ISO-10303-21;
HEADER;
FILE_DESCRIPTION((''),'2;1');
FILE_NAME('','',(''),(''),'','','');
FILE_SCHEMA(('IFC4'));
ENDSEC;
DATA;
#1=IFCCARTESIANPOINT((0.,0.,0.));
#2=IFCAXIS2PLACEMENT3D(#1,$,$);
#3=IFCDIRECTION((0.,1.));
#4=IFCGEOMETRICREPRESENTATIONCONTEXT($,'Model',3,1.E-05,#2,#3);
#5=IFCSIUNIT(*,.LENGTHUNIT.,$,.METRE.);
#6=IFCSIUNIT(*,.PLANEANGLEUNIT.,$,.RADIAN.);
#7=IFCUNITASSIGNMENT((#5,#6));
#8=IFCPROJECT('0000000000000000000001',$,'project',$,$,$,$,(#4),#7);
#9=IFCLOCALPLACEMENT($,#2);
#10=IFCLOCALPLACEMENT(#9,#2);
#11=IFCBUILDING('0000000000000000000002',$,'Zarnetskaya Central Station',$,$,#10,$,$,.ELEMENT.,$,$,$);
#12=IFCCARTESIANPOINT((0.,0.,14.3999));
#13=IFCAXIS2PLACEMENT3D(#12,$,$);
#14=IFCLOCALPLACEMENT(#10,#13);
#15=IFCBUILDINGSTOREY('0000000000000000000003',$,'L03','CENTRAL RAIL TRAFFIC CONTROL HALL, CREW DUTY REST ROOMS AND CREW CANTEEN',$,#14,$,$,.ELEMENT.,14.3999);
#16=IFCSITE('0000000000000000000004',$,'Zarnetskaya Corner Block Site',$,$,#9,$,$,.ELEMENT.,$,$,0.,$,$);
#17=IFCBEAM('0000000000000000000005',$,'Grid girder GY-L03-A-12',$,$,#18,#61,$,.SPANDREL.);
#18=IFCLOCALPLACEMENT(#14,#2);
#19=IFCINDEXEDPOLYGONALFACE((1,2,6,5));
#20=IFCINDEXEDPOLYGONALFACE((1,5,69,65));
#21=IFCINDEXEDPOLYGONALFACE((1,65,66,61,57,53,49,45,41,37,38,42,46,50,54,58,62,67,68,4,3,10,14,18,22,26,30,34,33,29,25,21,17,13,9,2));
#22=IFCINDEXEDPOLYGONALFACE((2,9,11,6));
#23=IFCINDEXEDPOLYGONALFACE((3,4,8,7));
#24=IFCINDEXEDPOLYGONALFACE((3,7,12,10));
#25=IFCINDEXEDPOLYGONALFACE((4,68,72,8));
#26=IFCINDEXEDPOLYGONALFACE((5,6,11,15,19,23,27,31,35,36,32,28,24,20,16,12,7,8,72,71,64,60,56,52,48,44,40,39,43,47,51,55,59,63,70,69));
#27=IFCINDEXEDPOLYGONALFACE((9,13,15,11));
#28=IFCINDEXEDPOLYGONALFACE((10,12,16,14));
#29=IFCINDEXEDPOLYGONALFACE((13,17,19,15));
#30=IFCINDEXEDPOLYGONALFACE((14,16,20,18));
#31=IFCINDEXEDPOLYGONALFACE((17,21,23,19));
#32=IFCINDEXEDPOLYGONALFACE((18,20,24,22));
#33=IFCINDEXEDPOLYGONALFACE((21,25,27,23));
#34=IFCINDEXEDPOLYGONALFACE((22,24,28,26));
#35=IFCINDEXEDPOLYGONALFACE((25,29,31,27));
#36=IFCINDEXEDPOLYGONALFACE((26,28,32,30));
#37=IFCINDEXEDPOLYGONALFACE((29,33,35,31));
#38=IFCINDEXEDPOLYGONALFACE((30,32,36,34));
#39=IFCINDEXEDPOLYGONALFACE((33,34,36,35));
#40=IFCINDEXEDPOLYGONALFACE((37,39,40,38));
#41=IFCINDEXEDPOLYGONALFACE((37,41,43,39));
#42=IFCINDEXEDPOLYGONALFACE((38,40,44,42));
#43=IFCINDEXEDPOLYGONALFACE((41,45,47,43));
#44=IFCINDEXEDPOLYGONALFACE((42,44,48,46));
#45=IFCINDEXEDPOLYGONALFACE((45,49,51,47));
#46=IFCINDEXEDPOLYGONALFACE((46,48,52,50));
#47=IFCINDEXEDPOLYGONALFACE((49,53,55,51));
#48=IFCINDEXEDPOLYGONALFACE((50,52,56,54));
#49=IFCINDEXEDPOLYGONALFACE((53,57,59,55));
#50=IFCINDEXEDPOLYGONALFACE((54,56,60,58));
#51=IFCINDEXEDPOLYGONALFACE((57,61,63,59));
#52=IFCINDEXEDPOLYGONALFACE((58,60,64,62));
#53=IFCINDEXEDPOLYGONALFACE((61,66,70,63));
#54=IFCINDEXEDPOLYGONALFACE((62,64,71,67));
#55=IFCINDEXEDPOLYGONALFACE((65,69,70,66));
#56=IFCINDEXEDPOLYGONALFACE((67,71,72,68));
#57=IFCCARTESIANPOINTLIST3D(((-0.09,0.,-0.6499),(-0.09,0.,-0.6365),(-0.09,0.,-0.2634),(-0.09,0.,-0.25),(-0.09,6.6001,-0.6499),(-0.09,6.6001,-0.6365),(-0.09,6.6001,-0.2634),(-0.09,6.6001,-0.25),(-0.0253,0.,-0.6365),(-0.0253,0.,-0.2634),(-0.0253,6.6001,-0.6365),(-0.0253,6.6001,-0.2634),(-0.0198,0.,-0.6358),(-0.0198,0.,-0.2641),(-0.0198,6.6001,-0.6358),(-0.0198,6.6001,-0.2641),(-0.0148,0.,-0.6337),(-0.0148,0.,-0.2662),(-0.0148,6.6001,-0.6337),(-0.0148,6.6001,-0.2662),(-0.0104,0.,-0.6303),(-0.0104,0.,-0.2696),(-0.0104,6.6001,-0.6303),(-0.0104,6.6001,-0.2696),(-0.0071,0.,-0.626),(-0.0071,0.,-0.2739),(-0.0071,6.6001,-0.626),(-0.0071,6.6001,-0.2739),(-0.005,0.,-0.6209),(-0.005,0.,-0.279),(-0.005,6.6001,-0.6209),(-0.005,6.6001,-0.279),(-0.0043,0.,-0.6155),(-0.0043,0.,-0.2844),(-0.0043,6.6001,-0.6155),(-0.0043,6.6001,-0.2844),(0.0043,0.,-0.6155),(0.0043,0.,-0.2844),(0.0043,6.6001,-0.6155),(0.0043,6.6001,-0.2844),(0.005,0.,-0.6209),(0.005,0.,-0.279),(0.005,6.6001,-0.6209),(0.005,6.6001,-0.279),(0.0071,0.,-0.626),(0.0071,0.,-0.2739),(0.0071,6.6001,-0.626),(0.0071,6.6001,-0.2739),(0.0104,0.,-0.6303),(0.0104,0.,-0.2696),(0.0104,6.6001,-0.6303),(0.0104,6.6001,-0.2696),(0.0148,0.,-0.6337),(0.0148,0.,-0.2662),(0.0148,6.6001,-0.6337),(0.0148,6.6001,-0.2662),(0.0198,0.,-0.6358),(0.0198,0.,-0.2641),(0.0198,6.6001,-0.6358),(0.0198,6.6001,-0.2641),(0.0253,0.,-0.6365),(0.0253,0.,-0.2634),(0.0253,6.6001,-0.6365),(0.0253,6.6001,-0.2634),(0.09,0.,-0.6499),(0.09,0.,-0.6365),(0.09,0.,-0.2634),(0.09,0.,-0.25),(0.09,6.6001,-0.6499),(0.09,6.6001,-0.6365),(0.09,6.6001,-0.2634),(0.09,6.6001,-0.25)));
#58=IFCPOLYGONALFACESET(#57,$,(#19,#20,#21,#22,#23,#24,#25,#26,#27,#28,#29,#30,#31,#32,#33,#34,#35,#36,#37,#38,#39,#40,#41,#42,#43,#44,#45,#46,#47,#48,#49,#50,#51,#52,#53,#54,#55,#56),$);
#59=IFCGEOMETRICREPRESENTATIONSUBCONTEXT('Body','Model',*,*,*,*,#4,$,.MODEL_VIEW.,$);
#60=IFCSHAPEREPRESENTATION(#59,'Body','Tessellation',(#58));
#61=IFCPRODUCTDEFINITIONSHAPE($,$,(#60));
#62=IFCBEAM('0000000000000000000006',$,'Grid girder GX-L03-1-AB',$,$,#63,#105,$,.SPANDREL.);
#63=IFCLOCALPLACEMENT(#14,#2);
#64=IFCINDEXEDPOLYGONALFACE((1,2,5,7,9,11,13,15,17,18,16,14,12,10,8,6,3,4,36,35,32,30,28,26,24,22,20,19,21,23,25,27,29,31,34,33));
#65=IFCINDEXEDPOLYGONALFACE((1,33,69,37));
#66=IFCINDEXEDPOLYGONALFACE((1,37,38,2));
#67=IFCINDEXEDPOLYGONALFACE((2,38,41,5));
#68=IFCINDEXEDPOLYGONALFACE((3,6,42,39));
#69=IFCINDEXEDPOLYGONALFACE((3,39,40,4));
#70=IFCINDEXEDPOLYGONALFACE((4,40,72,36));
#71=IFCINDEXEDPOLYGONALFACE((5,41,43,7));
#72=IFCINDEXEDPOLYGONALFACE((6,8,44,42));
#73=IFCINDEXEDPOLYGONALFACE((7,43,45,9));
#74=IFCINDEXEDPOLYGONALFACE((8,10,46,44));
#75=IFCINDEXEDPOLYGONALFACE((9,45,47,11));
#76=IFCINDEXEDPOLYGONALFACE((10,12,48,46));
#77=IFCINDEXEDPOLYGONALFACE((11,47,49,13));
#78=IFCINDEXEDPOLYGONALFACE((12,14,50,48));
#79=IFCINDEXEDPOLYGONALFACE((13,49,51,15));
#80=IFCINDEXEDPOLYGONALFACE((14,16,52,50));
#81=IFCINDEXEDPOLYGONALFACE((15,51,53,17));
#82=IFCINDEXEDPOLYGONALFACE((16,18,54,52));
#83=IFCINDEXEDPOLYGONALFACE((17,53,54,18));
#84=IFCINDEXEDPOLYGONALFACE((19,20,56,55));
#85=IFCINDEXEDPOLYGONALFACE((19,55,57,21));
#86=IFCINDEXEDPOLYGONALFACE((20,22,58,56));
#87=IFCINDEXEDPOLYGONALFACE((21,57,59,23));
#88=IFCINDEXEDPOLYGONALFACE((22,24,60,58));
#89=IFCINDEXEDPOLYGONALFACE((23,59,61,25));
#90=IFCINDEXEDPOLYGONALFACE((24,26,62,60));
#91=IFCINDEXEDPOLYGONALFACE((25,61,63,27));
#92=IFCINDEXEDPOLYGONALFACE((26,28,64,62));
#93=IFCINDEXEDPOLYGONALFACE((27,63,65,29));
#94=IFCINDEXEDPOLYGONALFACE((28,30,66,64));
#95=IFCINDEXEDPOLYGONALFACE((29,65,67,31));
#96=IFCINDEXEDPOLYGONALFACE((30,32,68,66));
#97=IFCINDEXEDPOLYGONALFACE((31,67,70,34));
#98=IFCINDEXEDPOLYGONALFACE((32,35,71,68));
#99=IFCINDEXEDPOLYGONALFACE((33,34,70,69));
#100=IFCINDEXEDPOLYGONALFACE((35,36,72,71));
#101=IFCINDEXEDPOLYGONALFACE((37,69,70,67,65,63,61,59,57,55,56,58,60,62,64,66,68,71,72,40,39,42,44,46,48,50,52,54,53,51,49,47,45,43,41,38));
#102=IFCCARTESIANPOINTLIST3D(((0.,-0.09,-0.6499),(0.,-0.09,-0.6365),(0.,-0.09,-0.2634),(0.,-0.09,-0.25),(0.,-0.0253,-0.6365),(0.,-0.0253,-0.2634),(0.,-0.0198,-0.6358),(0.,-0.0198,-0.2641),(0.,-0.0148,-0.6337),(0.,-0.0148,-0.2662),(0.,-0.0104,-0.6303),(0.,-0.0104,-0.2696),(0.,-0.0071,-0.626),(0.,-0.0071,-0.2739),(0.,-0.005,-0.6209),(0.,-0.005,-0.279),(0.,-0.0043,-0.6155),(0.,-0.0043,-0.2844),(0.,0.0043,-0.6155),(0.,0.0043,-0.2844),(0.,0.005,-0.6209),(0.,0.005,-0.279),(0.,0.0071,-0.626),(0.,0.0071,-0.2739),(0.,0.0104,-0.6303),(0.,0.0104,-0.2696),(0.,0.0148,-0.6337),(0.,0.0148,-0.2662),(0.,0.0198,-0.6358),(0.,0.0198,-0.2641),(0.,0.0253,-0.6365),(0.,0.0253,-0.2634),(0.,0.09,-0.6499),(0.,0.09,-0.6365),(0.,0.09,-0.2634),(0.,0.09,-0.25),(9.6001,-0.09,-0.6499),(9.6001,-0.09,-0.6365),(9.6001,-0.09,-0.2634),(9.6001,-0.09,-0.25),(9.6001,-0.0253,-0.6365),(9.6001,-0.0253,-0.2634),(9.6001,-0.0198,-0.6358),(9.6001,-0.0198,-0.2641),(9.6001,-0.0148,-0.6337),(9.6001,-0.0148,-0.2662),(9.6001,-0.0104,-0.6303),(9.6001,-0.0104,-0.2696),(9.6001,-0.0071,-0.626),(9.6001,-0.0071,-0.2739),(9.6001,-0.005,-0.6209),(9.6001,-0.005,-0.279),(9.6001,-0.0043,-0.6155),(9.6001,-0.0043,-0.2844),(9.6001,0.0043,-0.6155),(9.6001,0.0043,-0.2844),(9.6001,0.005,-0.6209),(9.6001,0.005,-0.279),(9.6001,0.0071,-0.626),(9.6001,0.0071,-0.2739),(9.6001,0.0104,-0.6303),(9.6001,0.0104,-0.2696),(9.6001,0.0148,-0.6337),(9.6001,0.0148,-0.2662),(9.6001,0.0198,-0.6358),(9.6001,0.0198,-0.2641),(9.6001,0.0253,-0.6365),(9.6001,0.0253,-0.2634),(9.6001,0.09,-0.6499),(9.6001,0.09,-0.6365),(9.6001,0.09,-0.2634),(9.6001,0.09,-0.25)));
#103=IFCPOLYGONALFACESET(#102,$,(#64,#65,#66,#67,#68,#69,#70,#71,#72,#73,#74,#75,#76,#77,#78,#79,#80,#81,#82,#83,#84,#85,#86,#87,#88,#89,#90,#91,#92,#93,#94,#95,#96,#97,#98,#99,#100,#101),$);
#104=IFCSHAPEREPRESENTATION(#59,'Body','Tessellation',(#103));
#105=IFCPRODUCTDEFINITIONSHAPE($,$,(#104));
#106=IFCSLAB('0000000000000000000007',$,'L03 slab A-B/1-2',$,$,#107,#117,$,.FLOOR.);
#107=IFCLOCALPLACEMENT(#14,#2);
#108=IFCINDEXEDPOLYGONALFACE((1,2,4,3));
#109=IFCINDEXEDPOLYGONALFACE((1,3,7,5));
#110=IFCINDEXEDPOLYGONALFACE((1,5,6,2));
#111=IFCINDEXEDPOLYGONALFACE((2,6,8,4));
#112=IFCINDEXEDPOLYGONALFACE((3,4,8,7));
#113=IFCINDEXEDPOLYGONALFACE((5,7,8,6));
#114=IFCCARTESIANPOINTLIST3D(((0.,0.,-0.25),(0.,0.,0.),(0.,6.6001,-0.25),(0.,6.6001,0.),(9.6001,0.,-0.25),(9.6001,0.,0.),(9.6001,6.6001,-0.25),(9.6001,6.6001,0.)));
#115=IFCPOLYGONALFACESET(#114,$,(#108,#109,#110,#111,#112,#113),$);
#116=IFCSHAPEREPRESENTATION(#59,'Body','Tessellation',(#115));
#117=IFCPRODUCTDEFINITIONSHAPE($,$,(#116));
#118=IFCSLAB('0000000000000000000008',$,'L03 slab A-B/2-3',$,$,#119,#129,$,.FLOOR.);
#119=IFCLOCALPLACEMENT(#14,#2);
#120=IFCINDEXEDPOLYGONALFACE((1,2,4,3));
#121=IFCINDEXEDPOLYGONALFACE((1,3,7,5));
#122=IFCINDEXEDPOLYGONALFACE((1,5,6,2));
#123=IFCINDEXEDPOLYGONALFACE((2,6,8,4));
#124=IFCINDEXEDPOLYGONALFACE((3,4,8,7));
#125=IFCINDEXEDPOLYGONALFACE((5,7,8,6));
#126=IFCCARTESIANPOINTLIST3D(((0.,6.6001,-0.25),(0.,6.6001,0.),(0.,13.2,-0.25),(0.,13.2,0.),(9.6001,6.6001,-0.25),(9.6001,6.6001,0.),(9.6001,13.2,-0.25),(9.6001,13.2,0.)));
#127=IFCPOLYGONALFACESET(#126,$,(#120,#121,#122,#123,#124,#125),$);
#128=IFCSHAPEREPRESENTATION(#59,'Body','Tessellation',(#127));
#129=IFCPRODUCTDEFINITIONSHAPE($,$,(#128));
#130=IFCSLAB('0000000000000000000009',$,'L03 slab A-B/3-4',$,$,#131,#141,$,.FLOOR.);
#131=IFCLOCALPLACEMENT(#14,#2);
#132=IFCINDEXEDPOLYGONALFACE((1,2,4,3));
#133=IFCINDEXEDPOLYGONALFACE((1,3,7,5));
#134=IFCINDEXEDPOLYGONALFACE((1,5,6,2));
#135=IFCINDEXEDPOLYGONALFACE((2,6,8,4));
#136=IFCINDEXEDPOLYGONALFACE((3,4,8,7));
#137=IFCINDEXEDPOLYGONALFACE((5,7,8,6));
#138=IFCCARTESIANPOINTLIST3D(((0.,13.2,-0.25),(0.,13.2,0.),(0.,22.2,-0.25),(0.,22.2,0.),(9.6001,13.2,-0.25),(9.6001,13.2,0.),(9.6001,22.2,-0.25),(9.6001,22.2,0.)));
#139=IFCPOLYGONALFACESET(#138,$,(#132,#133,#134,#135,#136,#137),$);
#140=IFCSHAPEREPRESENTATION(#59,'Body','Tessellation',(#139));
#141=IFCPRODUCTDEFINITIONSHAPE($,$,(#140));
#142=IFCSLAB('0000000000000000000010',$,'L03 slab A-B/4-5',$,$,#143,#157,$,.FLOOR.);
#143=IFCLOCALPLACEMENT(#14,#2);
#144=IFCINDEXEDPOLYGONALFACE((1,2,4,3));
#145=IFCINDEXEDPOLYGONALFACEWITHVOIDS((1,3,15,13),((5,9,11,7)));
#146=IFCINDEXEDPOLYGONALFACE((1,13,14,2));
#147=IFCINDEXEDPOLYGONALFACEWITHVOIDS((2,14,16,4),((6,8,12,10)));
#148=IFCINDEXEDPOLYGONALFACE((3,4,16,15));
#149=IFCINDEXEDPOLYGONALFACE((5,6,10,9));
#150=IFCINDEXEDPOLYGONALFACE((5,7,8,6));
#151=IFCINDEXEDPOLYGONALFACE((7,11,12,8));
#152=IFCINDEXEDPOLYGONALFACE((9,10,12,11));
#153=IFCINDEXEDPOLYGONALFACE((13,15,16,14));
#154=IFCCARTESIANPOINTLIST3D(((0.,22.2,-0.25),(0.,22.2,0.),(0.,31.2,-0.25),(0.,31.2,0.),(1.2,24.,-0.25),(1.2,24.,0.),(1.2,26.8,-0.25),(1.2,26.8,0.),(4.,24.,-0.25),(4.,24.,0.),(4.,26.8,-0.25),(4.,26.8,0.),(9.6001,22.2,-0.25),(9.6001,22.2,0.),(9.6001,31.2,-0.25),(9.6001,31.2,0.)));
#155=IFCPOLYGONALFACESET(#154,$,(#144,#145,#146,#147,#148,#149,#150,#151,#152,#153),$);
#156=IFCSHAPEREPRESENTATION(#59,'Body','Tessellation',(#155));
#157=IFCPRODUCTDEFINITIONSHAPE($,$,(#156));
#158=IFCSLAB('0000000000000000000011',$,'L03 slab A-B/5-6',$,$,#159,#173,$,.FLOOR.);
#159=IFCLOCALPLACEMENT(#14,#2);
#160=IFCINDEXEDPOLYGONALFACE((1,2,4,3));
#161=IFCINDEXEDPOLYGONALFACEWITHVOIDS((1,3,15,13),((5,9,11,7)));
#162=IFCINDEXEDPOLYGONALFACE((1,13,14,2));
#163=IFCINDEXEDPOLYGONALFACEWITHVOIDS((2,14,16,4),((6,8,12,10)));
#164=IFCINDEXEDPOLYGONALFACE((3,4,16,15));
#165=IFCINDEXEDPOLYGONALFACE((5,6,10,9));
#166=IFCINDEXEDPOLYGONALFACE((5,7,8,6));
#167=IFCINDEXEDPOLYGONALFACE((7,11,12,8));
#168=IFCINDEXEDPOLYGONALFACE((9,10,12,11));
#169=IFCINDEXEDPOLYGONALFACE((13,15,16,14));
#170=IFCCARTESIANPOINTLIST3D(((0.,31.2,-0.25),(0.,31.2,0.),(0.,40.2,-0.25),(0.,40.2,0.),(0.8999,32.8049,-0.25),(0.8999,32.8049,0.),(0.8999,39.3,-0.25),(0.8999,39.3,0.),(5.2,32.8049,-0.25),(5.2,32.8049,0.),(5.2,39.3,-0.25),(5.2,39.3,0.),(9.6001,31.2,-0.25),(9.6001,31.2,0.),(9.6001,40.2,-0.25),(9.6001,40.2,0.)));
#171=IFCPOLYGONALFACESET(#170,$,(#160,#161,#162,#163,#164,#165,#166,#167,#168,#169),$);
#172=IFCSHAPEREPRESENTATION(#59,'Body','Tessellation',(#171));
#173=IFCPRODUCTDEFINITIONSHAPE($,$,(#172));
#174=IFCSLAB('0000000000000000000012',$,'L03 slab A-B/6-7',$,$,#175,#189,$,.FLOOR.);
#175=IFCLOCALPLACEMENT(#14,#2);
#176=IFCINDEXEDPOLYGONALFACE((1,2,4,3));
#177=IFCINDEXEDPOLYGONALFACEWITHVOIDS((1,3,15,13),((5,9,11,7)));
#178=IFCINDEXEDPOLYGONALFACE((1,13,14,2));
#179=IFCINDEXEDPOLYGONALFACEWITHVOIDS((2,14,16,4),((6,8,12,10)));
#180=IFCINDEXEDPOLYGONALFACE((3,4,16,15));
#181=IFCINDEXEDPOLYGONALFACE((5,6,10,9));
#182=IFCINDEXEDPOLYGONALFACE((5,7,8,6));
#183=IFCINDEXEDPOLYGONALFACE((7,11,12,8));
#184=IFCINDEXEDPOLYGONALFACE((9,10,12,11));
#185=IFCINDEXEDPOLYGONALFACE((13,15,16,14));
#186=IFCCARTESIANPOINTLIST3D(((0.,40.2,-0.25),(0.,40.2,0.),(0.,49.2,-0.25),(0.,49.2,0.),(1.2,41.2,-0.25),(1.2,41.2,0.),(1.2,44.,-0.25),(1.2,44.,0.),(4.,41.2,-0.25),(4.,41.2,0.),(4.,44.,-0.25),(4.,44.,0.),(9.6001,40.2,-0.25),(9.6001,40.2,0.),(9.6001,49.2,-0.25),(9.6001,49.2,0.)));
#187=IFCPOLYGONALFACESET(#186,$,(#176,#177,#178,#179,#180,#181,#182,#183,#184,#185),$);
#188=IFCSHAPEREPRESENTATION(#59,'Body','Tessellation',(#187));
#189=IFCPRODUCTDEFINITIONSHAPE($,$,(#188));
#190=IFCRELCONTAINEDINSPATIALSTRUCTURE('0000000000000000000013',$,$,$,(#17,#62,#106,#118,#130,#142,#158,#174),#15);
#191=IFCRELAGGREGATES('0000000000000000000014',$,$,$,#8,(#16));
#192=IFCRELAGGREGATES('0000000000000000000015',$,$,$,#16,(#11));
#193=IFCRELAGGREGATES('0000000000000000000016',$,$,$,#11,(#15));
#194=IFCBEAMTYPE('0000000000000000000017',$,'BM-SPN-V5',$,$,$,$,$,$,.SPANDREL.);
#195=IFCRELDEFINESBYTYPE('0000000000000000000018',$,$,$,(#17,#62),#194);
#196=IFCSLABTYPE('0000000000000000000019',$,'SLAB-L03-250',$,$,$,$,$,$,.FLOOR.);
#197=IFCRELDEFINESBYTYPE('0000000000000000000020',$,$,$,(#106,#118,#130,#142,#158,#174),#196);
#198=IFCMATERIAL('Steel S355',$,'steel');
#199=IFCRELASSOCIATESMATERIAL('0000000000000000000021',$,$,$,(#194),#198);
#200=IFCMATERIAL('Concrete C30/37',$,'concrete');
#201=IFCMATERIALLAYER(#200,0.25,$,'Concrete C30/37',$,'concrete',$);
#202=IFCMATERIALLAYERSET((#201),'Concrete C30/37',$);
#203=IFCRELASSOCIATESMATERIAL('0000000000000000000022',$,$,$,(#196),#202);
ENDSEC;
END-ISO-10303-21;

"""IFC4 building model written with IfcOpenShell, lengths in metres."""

from ifc_helpers import new_model, si_unit, direction, frame, origin, origin_2d, place, context, subcontext, project, spatial, polyline, i_section, outline, extrude, material, layer, layer_set, material_profile, profile_set, type_object, element, save


model = new_model("IFC4")

# Units and contexts
model_context = context("Model", 3, precision=1e-05, world=origin(), true_north=direction((0.0, 1.0)))
body_context = subcontext(model_context, "Body", "Model", "MODEL_VIEW")
ifc_project = project(units=[si_unit("LENGTHUNIT", "METRE"), si_unit("PLANEANGLEUNIT", "RADIAN")], contexts=[model_context])

# Site, building, storey
site_placement = place(None, origin())
site = spatial("IfcSite", under=ifc_project, at=site_placement, Name="Zarnetskaya Corner Block Site", CompositionType="ELEMENT", RefElevation=0.0)
building_placement = place(site_placement, origin())
building = spatial("IfcBuilding", under=site, at=building_placement, Name="Zarnetskaya Central Station", CompositionType="ELEMENT")
storey_placement = place(building_placement, frame((0.0, 0.0, 14.3999)))
storey = spatial("IfcBuildingStorey", under=building, at=storey_placement, Name="L03", Description="CENTRAL RAIL TRAFFIC CONTROL HALL, CREW DUTY REST ROOMS AND CREW CANTEEN", CompositionType="ELEMENT", Elevation=14.3999)

# Beams
ifc_material_1 = material(Name="Steel S355", Category="steel")
ifc_material_profile = material_profile(ifc_material_1, i_section(OverallWidth=0.1799, OverallDepth=0.3999, WebThickness=0.0085, FlangeThickness=0.0134, FilletRadius=0.021, at=origin_2d()), Name="IPE 400")
ifc_profile_set = profile_set([ifc_material_profile], Name="Steel S355")
beam_type = type_object("IfcBeamType", Name="BM-SPN-V5", PredefinedType="SPANDREL", material=ifc_profile_set)
beam_1_placement = place(storey_placement, frame((0.0, 0.0, -0.45), z_axis=(0.0, 1.0, 0.0), x_axis=(-1.0, 0.0, 0.0)))
element("IfcBeam", 1, at=beam_1_placement, inside=storey, type_object=beam_type, Name="Grid girder GY-L03-A-12", PredefinedType="SPANDREL", context=body_context, shape_type="SweptSolid", body=[
    extrude(i_section(OverallWidth=0.1799, OverallDepth=0.3999, WebThickness=0.0085, FlangeThickness=0.0134, FilletRadius=0.021, at=origin_2d()), origin(), (0.0, 0.0, 1.0), 6.6001),
])
beam_2_placement = place(storey_placement, frame((0.0, 0.0, -0.45), z_axis=(1.0, 0.0, 0.0), x_axis=(0.0, 1.0, 0.0)))
element("IfcBeam", 2, at=beam_2_placement, inside=storey, type_object=beam_type, Name="Grid girder GX-L03-1-AB", PredefinedType="SPANDREL", context=body_context, shape_type="SweptSolid", body=[
    extrude(i_section(OverallWidth=0.1799, OverallDepth=0.3999, WebThickness=0.0085, FlangeThickness=0.0134, FilletRadius=0.021, at=origin_2d()), origin(), (0.0, 0.0, 1.0), 9.6001),
])

# Slabs
ifc_material_2 = material(Name="Concrete C30/37", Category="concrete")
ifc_layer = layer(ifc_material_2, 0.25, Name="Concrete C30/37", Category="concrete")
ifc_layer_set = layer_set([ifc_layer], Name="Concrete C30/37")
slab_type = type_object("IfcSlabType", Name="SLAB-L03-250", PredefinedType="FLOOR", material=ifc_layer_set)
slab_1_placement = place(storey_placement, frame((0.0, 0.0, -0.25)))
element("IfcSlab", 3, at=slab_1_placement, inside=storey, type_object=slab_type, Name="L03 slab A-B/1-2", PredefinedType="FLOOR", context=body_context, shape_type="SweptSolid", body=[
    extrude(outline(polyline([(0.0, 0.0), (9.6001, 0.0), (9.6001, 6.6001), (0.0, 6.6001), (0.0, 0.0)])), origin(), (0.0, 0.0, 1.0), 0.25),
])
slab_2_placement = place(storey_placement, frame((0.0, 0.0, -0.25)))
element("IfcSlab", 4, at=slab_2_placement, inside=storey, type_object=slab_type, Name="L03 slab A-B/2-3", PredefinedType="FLOOR", context=body_context, shape_type="SweptSolid", body=[
    extrude(outline(polyline([(0.0, 6.6001), (9.6001, 6.6001), (9.6001, 13.2), (0.0, 13.2), (0.0, 6.6001)])), origin(), (0.0, 0.0, 1.0), 0.25),
])
slab_3_placement = place(storey_placement, frame((0.0, 0.0, -0.25)))
element("IfcSlab", 5, at=slab_3_placement, inside=storey, type_object=slab_type, Name="L03 slab A-B/3-4", PredefinedType="FLOOR", context=body_context, shape_type="SweptSolid", body=[
    extrude(outline(polyline([(0.0, 13.2), (9.6001, 13.2), (9.6001, 22.2), (0.0, 22.2), (0.0, 13.2)])), origin(), (0.0, 0.0, 1.0), 0.25),
])
slab_4_placement = place(storey_placement, frame((0.0, 0.0, -0.25)))
element("IfcSlab", 6, at=slab_4_placement, inside=storey, type_object=slab_type, Name="L03 slab A-B/4-5", PredefinedType="FLOOR", context=body_context, shape_type="SweptSolid", body=[
    extrude(outline(polyline([(0.0, 22.2), (9.6001, 22.2), (9.6001, 31.2), (0.0, 31.2), (0.0, 22.2)]), holes=[polyline([(1.2, 24.0), (4.0, 24.0), (4.0, 26.8), (1.2, 26.8), (1.2, 24.0)])]), origin(), (0.0, 0.0, 1.0), 0.25),
])
slab_5_placement = place(storey_placement, frame((0.0, 0.0, -0.25)))
element("IfcSlab", 7, at=slab_5_placement, inside=storey, type_object=slab_type, Name="L03 slab A-B/5-6", PredefinedType="FLOOR", context=body_context, shape_type="SweptSolid", body=[
    extrude(outline(polyline([(0.0, 31.2), (9.6001, 31.2), (9.6001, 40.2), (0.0, 40.2), (0.0, 31.2)]), holes=[polyline([(0.8999, 32.8049), (5.2, 32.8049), (5.2, 39.3), (0.8999, 39.3), (0.8999, 32.8049)])]), origin(), (0.0, 0.0, 1.0), 0.25),
])
slab_6_placement = place(storey_placement, frame((0.0, 0.0, -0.25)))
element("IfcSlab", 8, at=slab_6_placement, inside=storey, type_object=slab_type, Name="L03 slab A-B/6-7", PredefinedType="FLOOR", context=body_context, shape_type="SweptSolid", body=[
    extrude(outline(polyline([(0.0, 40.2), (9.6001, 40.2), (9.6001, 49.2), (0.0, 49.2), (0.0, 40.2)]), holes=[polyline([(1.2, 41.2), (4.0, 41.2), (4.0, 44.0), (1.2, 44.0), (1.2, 41.2)])]), origin(), (0.0, 0.0, 1.0), 0.25),
])

save(model, "model.ifc")
